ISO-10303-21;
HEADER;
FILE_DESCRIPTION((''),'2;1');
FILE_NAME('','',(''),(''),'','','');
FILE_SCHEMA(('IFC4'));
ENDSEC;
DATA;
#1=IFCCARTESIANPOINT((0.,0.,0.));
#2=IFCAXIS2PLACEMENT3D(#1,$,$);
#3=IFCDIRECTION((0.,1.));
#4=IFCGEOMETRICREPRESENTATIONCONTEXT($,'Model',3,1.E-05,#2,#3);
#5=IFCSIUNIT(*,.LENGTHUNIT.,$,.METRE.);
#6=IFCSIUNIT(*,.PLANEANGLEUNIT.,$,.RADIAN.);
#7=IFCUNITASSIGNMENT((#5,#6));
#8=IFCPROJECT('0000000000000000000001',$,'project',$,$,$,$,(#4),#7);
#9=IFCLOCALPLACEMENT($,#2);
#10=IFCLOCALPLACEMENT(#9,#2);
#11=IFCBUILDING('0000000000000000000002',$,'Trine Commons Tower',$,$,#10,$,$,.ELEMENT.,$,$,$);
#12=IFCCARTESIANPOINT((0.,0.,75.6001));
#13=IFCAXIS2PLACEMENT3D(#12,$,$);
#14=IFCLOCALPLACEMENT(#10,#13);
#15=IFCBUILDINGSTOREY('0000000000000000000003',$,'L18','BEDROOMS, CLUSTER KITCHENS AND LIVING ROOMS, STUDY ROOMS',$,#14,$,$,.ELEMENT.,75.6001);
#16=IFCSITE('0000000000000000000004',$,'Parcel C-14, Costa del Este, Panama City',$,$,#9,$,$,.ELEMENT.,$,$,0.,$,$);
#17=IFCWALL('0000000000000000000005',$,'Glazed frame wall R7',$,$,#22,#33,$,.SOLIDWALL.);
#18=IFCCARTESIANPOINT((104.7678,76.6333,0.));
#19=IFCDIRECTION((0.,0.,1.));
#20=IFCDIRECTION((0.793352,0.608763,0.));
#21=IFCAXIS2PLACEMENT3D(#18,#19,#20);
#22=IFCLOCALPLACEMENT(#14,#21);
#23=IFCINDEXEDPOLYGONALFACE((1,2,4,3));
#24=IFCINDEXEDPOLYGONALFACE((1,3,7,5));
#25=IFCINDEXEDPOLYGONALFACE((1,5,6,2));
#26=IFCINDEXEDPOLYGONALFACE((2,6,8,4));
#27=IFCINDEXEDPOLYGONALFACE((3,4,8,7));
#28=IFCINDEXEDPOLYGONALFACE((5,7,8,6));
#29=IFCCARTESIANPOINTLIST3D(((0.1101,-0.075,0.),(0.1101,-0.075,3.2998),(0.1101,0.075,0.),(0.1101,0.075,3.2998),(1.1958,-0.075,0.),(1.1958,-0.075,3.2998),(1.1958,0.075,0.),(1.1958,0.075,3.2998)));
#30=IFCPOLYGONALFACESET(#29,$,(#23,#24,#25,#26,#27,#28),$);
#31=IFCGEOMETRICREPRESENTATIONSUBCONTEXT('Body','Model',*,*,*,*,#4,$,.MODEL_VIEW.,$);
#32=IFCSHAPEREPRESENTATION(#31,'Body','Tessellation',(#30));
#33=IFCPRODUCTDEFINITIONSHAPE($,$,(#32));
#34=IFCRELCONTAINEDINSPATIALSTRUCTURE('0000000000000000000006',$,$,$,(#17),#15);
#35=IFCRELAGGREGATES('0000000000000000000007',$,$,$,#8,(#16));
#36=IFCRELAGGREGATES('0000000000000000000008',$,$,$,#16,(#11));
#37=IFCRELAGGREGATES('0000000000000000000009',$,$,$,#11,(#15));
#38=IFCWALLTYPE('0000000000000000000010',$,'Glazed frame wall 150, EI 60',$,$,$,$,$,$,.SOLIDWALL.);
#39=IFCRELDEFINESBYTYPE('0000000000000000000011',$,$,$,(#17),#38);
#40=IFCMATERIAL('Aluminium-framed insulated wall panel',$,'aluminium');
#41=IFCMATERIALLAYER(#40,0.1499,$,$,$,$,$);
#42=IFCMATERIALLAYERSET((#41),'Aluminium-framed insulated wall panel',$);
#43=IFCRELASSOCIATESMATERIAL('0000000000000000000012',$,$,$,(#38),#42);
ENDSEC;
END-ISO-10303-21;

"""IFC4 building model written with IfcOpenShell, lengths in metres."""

from ifc_helpers import new_model, si_unit, direction, frame, origin, place, context, subcontext, project, spatial, polyline, outline, extrude, material, layer, layer_set, type_object, element, save


model = new_model("IFC4")

# Units and contexts
model_context = context("Model", 3, precision=1e-05, world=origin(), true_north=direction((0.0, 1.0)))
body_context = subcontext(model_context, "Body", "Model", "MODEL_VIEW")
ifc_project = project(units=[si_unit("LENGTHUNIT", "METRE"), si_unit("PLANEANGLEUNIT", "RADIAN")], contexts=[model_context])

# Site, building, storey
site_placement = place(None, origin())
site = spatial("IfcSite", under=ifc_project, at=site_placement, Name="Parcel C-14, Costa del Este, Panama City", CompositionType="ELEMENT", RefElevation=0.0)
building_placement = place(site_placement, origin())
building = spatial("IfcBuilding", under=site, at=building_placement, Name="Trine Commons Tower", CompositionType="ELEMENT")
storey_placement = place(building_placement, frame((0.0, 0.0, 75.6001)))
storey = spatial("IfcBuildingStorey", under=building, at=storey_placement, Name="L18", Description="BEDROOMS, CLUSTER KITCHENS AND LIVING ROOMS, STUDY ROOMS", CompositionType="ELEMENT", Elevation=75.6001)

# Wall
ifc_material_1 = material(Name="Aluminium-framed insulated wall panel", Category="aluminium")
ifc_layer_1 = layer(ifc_material_1, 0.1499)
ifc_layer_set_1 = layer_set([ifc_layer_1], Name="Aluminium-framed insulated wall panel")
wall_type_1 = type_object("IfcWallType", Name="Glazed frame wall 150, EI 60", PredefinedType="SOLIDWALL", material=ifc_layer_set_1)
wall_1_placement = place(storey_placement, frame((104.7678, 76.6333, 0.0), z_axis=(0.0, 0.0, 1.0), x_axis=(0.793352, 0.608763, 0.0)))
element("IfcWall", 1, at=wall_1_placement, inside=storey, type_object=wall_type_1, Name="Glazed frame wall R7", PredefinedType="SOLIDWALL", context=body_context, shape_type="SweptSolid", body=[
    extrude(outline(polyline([(0.1101, 0.075), (0.1101, -0.075), (1.1958, -0.075), (1.1958, 0.075), (0.1101, 0.075)])), origin(), (0.0, 0.0, 1.0), 3.2998),
])

save(model, "model.ifc")
